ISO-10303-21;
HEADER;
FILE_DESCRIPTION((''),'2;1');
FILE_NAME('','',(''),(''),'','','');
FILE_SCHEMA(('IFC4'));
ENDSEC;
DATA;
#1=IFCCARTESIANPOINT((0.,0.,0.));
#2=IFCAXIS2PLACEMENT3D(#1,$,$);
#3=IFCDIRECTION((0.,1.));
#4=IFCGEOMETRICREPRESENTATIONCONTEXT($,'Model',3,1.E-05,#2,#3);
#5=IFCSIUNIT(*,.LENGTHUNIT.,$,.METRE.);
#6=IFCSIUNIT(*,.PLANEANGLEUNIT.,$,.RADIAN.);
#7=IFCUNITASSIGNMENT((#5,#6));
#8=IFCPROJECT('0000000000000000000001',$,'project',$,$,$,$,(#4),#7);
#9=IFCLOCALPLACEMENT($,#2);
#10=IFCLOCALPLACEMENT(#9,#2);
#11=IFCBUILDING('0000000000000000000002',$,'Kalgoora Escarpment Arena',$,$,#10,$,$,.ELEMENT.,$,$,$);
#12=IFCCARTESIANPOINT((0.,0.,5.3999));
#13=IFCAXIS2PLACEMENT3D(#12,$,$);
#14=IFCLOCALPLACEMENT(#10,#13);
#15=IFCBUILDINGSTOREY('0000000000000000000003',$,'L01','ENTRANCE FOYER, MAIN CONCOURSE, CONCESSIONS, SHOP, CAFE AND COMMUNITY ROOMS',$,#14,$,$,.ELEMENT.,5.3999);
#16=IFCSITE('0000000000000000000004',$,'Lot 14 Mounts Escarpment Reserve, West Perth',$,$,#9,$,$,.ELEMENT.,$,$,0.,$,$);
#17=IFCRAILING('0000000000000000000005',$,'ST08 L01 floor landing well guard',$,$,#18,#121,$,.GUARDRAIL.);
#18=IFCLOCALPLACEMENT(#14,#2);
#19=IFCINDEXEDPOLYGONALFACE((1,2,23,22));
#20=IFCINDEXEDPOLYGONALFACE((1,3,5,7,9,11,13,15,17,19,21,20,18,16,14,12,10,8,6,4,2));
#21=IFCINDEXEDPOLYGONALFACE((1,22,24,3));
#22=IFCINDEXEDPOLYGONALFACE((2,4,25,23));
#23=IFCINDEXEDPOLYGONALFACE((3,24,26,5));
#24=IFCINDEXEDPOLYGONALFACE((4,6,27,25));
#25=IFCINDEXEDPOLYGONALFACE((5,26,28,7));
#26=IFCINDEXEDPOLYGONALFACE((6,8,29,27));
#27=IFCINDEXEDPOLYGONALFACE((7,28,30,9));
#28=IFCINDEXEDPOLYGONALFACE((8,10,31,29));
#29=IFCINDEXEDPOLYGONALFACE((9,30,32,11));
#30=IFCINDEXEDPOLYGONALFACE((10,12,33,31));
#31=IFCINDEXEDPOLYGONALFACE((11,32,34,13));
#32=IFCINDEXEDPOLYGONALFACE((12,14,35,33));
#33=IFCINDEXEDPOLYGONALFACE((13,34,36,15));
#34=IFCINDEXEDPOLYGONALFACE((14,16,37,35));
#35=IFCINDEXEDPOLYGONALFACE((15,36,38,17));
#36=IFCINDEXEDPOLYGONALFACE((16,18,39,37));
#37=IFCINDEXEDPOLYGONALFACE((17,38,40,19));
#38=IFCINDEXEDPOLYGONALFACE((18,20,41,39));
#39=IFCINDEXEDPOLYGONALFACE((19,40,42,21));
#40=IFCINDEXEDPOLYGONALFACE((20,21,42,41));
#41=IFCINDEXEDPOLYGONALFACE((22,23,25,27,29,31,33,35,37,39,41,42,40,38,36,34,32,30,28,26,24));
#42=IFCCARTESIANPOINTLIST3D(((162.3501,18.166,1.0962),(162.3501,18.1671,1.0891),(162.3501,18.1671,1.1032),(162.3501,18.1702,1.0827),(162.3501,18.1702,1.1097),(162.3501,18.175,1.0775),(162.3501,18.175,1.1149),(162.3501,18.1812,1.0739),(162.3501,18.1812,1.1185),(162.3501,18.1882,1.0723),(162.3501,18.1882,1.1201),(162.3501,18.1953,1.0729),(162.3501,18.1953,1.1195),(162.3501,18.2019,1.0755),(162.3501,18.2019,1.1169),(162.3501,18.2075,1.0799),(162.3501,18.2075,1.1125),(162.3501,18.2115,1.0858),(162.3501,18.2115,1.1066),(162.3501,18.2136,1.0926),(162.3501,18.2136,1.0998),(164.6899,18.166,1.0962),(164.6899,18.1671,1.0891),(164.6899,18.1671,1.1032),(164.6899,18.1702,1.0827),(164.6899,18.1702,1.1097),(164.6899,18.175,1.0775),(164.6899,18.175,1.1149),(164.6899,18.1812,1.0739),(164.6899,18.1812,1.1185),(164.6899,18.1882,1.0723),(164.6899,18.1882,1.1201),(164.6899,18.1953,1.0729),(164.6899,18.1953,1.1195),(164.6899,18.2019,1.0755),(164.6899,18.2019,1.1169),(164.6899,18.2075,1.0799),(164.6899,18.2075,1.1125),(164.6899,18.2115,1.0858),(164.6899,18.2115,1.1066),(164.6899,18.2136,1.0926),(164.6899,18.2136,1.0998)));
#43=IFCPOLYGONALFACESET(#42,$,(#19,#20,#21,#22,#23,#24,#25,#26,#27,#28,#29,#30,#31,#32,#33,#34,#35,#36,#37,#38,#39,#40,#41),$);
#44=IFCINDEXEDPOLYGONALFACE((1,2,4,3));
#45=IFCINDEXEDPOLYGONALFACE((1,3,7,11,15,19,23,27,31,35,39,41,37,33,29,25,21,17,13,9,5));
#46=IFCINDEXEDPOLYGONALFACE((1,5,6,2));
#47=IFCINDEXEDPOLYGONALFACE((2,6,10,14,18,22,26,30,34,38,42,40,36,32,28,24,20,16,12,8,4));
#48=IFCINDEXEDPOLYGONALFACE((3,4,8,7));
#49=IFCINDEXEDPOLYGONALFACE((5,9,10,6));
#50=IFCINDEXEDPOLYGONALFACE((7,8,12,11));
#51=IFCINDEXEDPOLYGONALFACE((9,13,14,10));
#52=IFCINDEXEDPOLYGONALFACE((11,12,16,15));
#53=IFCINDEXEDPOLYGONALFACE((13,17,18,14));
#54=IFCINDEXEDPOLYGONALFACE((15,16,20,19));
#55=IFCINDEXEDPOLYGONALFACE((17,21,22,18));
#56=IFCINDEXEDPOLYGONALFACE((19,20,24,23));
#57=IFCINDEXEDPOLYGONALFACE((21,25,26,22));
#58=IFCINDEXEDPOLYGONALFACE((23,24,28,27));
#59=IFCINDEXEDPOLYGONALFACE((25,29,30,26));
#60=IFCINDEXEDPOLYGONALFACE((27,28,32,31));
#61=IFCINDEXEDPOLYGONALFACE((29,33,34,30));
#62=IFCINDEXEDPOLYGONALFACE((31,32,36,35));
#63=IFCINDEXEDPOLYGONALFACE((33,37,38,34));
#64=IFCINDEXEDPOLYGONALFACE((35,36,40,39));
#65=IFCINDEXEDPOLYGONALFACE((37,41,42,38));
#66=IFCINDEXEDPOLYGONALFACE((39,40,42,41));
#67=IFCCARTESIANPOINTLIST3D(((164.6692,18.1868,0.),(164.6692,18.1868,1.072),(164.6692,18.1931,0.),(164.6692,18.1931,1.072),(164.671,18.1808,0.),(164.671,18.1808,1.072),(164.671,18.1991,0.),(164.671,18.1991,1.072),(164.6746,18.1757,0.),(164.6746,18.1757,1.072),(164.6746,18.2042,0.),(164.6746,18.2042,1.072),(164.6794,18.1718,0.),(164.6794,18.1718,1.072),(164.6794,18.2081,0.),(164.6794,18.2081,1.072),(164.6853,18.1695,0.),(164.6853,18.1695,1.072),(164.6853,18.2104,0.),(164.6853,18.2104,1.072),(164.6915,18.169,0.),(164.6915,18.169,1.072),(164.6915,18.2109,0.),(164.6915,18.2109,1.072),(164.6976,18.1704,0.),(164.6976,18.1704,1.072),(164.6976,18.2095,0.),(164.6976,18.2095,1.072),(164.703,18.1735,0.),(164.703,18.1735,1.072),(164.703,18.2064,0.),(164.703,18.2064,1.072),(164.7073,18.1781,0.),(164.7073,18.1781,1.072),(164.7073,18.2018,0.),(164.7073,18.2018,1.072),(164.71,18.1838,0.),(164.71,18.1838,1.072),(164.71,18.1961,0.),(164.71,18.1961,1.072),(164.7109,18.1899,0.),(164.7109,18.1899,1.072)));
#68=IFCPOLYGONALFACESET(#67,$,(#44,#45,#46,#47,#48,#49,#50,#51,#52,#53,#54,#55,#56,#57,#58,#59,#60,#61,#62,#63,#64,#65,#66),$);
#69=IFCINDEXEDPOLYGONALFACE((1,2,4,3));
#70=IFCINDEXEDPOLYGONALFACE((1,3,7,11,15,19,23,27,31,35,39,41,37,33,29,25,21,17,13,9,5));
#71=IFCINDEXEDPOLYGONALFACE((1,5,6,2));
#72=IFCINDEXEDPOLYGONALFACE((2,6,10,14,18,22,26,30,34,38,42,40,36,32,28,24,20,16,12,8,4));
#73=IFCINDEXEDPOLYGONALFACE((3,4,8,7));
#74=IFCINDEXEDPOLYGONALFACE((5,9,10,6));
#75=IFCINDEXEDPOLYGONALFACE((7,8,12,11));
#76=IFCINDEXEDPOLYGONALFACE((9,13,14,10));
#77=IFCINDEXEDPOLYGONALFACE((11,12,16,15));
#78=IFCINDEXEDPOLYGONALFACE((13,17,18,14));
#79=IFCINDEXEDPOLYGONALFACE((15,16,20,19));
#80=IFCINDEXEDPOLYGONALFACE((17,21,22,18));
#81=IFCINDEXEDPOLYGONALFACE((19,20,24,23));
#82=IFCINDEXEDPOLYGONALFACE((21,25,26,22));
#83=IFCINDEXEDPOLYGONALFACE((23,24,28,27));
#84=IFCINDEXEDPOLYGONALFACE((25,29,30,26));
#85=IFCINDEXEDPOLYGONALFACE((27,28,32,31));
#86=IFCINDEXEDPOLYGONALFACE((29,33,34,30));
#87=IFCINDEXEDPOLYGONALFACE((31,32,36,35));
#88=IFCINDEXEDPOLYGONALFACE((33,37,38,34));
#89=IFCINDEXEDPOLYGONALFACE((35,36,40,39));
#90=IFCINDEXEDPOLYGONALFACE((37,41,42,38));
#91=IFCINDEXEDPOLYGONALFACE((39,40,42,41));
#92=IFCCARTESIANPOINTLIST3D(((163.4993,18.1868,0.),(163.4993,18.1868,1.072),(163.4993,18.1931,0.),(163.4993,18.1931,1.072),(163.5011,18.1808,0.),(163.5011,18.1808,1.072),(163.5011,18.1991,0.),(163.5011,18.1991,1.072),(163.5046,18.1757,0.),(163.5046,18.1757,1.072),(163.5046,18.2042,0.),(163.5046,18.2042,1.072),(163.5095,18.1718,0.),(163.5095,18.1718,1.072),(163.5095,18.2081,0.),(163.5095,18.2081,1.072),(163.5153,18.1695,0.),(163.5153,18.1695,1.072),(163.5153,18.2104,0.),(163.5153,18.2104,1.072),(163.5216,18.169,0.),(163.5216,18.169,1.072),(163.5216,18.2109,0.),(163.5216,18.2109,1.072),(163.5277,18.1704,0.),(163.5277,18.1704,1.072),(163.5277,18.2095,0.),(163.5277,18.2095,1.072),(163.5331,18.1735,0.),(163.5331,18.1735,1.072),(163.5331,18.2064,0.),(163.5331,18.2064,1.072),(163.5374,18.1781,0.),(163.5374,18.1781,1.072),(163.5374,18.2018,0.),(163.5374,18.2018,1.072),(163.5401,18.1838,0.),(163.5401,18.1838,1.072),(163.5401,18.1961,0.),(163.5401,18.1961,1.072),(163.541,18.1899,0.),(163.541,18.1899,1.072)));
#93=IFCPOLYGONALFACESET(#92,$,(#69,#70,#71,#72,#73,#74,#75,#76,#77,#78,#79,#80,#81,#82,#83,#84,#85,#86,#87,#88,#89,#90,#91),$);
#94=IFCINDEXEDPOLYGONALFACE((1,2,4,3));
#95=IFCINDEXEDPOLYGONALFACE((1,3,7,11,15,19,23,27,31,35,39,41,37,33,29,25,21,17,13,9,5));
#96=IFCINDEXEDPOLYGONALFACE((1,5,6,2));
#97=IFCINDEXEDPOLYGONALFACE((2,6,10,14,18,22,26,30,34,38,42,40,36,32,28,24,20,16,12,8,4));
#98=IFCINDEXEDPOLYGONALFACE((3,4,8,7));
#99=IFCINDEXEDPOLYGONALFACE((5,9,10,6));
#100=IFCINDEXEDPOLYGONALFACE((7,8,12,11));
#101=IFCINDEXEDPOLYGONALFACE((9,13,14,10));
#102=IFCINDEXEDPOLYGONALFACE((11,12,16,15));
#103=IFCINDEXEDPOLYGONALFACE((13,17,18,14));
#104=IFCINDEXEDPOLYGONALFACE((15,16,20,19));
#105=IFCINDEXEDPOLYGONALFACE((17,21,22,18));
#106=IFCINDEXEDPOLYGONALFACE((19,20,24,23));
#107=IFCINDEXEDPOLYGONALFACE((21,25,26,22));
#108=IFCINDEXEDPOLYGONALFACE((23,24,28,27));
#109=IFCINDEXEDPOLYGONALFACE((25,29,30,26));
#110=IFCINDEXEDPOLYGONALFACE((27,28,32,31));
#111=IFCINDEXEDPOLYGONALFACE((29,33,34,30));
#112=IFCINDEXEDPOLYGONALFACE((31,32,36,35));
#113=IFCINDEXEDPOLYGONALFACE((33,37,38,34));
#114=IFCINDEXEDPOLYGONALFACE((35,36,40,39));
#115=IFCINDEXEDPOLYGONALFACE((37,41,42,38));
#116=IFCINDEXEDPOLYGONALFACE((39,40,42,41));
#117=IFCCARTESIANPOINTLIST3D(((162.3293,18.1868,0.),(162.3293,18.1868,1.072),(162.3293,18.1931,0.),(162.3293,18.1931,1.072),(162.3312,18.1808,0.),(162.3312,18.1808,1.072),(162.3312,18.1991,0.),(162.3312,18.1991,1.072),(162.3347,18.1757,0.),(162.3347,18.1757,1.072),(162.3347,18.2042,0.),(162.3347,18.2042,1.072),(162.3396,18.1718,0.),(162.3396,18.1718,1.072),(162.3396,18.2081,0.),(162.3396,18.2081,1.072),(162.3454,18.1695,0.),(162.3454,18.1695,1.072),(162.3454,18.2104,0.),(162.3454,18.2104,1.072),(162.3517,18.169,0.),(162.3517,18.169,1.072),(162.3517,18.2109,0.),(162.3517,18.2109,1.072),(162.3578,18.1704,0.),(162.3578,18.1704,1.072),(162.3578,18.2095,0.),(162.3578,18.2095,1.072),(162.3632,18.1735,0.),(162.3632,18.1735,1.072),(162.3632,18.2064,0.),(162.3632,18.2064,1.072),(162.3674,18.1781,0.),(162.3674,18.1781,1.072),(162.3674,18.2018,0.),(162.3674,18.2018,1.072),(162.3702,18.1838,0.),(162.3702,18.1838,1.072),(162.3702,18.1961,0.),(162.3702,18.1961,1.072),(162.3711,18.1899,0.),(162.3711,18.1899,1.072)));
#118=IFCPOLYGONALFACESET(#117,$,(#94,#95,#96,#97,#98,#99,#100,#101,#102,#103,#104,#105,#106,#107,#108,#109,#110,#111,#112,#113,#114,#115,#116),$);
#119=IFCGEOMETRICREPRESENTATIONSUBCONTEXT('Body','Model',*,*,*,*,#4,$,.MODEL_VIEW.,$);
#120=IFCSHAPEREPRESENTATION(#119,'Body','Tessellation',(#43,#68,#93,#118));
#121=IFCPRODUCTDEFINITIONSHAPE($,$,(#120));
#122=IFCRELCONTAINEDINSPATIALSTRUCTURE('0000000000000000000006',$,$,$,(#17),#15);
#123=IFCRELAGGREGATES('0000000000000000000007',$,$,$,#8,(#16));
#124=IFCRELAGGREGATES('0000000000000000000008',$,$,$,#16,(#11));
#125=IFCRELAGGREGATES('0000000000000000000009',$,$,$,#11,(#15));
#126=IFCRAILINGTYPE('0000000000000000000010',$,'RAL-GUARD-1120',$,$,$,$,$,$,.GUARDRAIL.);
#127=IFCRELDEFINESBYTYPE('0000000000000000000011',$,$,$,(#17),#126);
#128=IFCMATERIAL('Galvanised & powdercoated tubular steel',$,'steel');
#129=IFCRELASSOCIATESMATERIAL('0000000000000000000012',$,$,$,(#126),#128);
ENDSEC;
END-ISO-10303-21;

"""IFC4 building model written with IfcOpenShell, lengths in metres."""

from ifc_helpers import new_model, si_unit, direction, frame, origin, origin_2d, place, context, subcontext, project, spatial, circle, extrude, material, type_object, element, save


model = new_model("IFC4")

# Units and contexts
model_context = context("Model", 3, precision=1e-05, world=origin(), true_north=direction((0.0, 1.0)))
body_context = subcontext(model_context, "Body", "Model", "MODEL_VIEW")
ifc_project = project(units=[si_unit("LENGTHUNIT", "METRE"), si_unit("PLANEANGLEUNIT", "RADIAN")], contexts=[model_context])

# Site, building, storey
site_placement = place(None, origin())
site = spatial("IfcSite", under=ifc_project, at=site_placement, Name="Lot 14 Mounts Escarpment Reserve, West Perth", CompositionType="ELEMENT", RefElevation=0.0)
building_placement = place(site_placement, origin())
building = spatial("IfcBuilding", under=site, at=building_placement, Name="Kalgoora Escarpment Arena", CompositionType="ELEMENT")
storey_placement = place(building_placement, frame((0.0, 0.0, 5.3999)))
storey = spatial("IfcBuildingStorey", under=building, at=storey_placement, Name="L01", Description="ENTRANCE FOYER, MAIN CONCOURSE, CONCESSIONS, SHOP, CAFE AND COMMUNITY ROOMS", CompositionType="ELEMENT", Elevation=5.3999)

# Railing
ifc_material_1 = material(Name="Galvanised & powdercoated tubular steel", Category="steel")
railing_type_1 = type_object("IfcRailingType", Name="RAL-GUARD-1120", PredefinedType="GUARDRAIL", material=ifc_material_1)
railing_placement = place(storey_placement, frame((164.6899, 18.1899, 0.0)))
element("IfcRailing", 1, at=railing_placement, inside=storey, type_object=railing_type_1, Name="ST08 L01 floor landing well guard", PredefinedType="GUARDRAIL", context=body_context, shape_type="SweptSolid", body=[
    extrude(circle(Radius=0.0239, at=origin_2d()), frame((0.0, 0.0, 1.0962), z_axis=(-1.0, 0.0, 0.0), x_axis=(0.0, -1.0, 0.0)), (0.0, 0.0, 1.0), 2.3398),
    extrude(circle(Radius=0.021, at=origin_2d()), origin(), (0.0, 0.0, 1.0), 1.072),
    extrude(circle(Radius=0.021, at=origin_2d()), frame((-1.1699, 0.0, 0.0)), (0.0, 0.0, 1.0), 1.072),
    extrude(circle(Radius=0.021, at=origin_2d()), frame((-2.3398, 0.0, 0.0)), (0.0, 0.0, 1.0), 1.072),
])

save(model, "model.ifc")
